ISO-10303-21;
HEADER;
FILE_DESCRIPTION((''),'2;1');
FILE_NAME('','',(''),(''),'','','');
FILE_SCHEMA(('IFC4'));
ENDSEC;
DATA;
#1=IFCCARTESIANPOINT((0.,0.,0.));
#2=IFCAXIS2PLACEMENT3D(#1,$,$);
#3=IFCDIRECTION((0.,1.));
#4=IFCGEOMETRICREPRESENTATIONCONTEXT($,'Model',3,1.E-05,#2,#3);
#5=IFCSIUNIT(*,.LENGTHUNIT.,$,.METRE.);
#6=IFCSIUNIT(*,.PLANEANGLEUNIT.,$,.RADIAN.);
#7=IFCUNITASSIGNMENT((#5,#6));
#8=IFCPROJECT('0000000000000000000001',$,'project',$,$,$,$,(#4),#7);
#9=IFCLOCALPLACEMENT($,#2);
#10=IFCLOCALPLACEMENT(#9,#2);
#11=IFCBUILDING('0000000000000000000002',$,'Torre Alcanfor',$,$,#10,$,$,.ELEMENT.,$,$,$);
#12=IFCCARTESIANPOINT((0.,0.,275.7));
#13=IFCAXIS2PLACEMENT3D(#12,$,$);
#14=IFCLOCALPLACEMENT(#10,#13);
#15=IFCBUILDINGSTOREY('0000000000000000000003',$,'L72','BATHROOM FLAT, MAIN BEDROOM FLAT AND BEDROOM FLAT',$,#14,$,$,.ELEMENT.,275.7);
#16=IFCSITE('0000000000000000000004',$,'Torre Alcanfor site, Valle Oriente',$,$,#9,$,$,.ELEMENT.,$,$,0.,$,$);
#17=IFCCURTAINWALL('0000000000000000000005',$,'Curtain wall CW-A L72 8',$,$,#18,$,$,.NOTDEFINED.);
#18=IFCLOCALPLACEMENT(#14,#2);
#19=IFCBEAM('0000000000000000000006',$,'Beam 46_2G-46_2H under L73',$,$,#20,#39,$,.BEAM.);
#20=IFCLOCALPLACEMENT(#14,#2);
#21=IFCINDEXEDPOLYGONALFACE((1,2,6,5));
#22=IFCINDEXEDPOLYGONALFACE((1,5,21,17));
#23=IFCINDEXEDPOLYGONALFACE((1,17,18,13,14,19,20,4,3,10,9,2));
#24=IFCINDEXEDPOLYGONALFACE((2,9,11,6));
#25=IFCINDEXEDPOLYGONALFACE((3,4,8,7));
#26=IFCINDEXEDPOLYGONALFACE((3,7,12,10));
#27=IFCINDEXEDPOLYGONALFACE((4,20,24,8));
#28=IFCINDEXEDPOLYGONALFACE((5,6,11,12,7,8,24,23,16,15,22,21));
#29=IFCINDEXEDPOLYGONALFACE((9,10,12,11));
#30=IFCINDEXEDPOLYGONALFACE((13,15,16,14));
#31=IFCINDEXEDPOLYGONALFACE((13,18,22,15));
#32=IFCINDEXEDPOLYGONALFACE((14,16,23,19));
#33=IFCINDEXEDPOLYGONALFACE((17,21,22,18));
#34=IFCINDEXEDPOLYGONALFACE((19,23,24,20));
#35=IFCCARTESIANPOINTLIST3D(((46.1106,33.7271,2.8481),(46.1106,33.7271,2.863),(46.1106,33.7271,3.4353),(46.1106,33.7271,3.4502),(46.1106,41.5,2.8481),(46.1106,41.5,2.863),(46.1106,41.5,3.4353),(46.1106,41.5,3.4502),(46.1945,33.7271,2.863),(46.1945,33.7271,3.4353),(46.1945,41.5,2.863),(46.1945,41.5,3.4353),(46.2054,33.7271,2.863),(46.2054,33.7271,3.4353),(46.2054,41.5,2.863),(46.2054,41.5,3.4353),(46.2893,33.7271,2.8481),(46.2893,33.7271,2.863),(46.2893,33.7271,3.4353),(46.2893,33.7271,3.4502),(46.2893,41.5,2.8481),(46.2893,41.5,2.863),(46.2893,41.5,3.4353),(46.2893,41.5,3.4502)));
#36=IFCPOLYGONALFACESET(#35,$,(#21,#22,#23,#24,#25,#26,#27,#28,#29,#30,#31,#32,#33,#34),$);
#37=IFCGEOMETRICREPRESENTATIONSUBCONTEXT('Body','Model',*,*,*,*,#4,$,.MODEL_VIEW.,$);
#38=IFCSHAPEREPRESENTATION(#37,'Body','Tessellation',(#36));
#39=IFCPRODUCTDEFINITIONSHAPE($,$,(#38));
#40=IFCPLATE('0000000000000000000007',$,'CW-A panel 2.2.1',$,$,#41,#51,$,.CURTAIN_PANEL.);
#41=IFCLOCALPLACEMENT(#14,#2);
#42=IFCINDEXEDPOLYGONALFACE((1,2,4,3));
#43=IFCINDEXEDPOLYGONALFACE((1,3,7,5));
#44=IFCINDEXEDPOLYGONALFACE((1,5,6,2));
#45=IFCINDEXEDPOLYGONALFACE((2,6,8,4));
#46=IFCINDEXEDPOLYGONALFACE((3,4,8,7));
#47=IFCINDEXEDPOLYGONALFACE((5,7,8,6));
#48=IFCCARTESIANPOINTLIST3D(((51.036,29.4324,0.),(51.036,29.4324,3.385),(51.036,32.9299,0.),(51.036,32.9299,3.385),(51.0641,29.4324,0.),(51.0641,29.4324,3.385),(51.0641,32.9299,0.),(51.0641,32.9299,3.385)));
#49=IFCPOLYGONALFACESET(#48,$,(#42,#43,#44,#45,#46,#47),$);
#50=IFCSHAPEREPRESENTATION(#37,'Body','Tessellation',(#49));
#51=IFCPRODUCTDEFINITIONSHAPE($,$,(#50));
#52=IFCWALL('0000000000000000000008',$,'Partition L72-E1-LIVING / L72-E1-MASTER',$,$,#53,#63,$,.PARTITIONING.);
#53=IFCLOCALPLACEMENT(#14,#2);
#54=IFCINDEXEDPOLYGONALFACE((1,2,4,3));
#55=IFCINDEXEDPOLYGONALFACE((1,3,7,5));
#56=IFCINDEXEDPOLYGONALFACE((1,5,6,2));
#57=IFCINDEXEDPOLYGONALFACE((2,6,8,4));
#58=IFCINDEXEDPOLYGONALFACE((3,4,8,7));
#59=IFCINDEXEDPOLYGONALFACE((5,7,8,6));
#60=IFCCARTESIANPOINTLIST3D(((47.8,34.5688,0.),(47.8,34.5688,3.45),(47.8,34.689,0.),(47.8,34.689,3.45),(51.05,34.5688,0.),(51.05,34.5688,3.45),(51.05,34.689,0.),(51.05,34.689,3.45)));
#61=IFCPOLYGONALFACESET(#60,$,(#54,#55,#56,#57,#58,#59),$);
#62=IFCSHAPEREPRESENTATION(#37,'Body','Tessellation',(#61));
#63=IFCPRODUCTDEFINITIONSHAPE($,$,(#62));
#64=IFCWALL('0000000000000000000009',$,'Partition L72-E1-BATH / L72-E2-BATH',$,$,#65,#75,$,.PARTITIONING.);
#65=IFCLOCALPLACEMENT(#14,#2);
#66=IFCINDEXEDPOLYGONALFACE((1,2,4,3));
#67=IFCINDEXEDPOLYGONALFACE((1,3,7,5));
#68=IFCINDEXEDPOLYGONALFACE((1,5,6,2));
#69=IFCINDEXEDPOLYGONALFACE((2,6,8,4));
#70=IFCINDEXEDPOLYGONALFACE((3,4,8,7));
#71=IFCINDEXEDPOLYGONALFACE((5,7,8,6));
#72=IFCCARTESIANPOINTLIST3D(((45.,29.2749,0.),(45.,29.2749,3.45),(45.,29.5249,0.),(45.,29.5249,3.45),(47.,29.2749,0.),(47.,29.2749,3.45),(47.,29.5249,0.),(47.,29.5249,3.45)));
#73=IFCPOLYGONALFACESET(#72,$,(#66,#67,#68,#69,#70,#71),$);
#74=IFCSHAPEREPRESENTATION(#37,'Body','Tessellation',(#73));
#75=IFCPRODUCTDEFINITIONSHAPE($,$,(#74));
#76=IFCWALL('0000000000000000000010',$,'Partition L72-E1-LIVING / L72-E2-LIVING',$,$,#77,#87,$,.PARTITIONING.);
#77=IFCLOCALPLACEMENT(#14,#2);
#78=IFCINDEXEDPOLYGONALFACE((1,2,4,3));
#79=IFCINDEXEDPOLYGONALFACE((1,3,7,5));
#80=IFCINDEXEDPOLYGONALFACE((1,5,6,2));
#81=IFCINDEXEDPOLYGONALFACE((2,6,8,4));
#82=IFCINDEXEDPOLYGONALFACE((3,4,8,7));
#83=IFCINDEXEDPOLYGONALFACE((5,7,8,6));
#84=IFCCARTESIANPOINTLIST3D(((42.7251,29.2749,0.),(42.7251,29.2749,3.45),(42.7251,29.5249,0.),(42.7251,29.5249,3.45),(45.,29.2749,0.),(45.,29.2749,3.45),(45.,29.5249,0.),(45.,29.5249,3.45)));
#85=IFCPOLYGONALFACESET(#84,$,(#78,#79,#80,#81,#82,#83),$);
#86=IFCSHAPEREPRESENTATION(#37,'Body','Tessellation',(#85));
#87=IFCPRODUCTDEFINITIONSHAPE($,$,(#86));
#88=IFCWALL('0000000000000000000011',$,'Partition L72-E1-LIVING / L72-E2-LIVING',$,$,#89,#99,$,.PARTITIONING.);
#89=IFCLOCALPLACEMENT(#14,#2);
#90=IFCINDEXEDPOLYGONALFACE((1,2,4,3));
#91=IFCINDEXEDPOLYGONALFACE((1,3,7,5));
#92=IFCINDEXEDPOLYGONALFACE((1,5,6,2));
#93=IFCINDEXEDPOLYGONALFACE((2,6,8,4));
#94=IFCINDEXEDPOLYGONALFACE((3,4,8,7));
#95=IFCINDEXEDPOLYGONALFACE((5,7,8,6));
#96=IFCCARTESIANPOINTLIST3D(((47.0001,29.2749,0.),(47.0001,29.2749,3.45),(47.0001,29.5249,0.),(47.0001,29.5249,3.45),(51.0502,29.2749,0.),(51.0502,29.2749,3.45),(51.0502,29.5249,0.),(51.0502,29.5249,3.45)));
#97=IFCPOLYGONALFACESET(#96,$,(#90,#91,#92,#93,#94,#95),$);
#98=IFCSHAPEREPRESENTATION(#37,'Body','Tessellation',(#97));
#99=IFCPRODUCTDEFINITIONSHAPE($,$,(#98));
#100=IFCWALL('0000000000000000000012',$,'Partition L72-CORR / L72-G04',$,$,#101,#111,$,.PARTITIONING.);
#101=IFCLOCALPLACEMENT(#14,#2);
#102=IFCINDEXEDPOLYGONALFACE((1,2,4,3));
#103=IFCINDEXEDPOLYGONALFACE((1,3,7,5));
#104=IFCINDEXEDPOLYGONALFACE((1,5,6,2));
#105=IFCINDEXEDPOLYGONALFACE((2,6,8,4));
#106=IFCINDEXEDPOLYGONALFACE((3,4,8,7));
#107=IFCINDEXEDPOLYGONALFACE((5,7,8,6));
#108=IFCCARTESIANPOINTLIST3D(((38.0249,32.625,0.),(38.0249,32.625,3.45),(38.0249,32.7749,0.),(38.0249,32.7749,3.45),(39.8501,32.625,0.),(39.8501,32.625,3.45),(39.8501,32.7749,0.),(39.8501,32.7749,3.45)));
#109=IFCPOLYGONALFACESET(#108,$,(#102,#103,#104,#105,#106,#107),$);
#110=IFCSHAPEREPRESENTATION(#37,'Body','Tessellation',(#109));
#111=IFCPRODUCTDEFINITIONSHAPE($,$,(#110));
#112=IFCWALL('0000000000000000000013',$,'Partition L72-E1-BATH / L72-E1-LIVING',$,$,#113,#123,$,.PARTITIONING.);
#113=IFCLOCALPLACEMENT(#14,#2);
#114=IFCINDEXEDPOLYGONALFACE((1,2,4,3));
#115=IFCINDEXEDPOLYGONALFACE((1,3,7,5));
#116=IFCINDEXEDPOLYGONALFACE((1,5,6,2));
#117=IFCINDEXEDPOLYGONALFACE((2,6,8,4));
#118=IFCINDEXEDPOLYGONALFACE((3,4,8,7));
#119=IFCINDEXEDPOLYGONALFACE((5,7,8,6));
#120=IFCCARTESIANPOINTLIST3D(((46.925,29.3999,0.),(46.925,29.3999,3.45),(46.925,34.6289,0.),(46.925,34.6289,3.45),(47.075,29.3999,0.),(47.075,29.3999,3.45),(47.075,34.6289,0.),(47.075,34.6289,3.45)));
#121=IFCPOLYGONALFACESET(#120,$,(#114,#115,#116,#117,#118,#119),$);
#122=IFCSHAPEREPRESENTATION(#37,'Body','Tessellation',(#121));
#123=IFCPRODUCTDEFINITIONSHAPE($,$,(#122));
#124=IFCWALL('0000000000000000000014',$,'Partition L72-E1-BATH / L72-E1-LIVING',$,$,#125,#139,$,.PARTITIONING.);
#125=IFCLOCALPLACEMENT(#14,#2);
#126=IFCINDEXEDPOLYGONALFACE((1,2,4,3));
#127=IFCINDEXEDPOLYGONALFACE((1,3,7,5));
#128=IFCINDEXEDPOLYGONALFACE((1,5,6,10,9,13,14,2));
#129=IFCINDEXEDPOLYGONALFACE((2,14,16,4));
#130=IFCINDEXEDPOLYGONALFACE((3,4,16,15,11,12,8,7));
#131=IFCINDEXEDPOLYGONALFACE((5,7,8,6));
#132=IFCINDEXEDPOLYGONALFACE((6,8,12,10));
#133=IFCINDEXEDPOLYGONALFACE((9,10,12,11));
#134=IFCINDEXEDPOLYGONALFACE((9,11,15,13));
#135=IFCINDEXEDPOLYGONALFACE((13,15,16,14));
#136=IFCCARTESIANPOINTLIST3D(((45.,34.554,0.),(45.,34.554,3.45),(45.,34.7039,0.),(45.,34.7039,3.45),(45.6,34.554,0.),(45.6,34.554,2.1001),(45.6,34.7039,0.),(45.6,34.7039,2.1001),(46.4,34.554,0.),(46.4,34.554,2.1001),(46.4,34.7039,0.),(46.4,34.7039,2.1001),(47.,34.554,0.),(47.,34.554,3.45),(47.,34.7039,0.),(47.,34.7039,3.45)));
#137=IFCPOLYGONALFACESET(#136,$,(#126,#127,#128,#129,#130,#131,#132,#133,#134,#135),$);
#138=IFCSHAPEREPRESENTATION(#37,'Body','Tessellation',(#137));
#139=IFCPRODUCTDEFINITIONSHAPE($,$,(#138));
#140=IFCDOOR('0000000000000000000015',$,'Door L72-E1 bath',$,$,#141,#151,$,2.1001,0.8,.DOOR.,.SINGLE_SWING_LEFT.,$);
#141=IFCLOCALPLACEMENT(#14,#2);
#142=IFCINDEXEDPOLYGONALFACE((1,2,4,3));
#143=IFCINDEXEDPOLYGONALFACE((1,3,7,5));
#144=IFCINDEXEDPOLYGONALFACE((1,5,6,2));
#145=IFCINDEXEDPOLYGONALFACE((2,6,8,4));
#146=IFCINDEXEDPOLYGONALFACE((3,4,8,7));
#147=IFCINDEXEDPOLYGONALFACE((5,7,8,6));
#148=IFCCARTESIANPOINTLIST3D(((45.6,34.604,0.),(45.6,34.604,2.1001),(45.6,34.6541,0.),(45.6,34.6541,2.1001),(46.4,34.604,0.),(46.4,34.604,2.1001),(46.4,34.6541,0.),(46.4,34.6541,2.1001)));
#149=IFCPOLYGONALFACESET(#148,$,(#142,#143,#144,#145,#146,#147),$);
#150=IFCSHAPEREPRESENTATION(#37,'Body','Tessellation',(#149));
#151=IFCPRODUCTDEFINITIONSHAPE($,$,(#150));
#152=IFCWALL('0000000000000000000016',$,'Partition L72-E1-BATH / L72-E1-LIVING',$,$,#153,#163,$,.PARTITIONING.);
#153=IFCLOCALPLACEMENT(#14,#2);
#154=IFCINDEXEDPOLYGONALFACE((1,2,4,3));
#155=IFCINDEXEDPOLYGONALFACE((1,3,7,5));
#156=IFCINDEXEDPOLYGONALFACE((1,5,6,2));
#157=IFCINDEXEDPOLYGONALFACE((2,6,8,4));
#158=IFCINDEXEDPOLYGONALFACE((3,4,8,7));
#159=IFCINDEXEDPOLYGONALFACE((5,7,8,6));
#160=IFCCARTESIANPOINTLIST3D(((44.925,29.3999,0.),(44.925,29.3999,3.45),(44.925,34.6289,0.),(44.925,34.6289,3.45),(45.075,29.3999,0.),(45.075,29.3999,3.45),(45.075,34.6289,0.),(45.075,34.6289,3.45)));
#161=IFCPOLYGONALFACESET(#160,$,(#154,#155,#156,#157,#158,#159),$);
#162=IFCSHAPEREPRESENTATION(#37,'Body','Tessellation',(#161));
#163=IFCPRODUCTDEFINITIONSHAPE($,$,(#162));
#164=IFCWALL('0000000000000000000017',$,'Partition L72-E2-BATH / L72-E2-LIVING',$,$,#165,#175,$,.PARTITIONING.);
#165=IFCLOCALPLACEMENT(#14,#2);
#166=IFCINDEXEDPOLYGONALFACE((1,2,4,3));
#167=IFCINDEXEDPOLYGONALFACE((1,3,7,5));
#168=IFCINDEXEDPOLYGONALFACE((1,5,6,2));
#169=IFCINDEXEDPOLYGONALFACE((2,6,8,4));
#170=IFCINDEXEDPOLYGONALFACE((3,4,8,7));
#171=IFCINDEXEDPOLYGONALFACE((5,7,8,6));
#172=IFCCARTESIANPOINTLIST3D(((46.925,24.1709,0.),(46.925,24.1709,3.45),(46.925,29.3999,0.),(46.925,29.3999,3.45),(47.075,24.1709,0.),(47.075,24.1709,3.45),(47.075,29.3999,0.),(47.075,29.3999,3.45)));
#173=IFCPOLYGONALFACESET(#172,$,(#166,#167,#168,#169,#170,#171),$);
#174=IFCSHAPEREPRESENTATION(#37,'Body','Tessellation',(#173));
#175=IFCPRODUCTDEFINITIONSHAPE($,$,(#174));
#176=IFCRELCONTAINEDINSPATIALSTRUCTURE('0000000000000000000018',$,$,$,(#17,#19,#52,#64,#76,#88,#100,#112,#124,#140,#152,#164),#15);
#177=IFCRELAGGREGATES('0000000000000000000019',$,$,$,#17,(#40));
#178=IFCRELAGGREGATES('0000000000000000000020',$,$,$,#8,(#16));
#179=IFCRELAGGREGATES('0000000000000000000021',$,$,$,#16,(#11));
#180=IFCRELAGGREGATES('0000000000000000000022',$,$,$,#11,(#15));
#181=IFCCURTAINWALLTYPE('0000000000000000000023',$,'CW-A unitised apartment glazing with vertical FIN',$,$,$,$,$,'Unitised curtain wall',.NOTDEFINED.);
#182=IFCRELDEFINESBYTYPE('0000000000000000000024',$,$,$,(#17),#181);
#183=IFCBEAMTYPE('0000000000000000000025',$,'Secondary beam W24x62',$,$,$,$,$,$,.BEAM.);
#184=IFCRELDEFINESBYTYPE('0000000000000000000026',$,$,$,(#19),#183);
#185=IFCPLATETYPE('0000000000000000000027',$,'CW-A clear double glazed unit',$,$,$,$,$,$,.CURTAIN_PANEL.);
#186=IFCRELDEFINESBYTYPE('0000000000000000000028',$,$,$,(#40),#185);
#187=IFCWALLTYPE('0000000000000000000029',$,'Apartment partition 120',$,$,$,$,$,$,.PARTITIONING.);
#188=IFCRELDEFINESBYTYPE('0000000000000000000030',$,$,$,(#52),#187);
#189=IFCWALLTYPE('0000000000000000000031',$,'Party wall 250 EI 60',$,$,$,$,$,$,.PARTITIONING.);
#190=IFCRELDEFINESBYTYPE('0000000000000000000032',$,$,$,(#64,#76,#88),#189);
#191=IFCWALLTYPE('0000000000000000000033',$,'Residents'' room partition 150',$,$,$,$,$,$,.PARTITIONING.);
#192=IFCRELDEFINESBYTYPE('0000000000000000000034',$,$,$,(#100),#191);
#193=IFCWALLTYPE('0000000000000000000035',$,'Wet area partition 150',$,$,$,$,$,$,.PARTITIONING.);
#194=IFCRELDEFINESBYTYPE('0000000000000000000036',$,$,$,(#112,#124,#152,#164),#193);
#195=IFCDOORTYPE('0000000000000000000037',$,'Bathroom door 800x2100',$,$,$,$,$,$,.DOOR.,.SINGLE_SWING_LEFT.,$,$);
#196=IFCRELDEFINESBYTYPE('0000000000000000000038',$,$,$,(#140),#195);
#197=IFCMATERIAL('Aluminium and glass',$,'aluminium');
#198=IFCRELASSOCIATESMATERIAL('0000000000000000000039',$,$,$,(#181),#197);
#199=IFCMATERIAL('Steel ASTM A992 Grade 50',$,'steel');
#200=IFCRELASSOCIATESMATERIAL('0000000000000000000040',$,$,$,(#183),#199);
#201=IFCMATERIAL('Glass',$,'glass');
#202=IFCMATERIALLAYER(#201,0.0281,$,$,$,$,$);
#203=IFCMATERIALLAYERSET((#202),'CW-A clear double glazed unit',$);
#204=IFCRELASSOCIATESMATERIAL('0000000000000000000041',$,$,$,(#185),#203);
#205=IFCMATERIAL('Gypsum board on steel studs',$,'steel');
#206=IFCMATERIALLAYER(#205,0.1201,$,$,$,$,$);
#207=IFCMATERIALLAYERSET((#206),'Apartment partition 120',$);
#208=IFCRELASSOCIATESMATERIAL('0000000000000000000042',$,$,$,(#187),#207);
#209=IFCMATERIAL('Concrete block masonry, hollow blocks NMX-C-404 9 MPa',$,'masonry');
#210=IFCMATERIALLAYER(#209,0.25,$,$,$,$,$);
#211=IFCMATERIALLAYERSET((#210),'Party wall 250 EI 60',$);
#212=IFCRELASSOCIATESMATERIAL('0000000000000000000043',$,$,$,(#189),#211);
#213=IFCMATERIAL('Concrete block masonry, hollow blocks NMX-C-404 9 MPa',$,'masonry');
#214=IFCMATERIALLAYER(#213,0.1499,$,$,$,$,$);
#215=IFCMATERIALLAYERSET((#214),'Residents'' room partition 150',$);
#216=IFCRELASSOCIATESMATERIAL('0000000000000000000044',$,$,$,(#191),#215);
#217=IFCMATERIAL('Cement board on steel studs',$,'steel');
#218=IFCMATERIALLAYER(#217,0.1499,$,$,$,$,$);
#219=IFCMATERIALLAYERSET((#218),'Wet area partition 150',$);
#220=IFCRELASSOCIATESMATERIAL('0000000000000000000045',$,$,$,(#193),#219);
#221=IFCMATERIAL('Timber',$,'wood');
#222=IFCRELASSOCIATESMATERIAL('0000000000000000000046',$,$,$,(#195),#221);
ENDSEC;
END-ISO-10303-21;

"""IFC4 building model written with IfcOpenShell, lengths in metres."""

from ifc_helpers import new_model, si_unit, direction, frame, frame_2d, origin, origin_2d, place, context, subcontext, project, spatial, rectangle, i_section, extrude, material, layer, layer_set, material_profile, profile_set, type_object, element, fill, aggregate, save


model = new_model("IFC4")

# Units and contexts
model_context = context("Model", 3, precision=1e-05, world=origin(), true_north=direction((0.0, 1.0)))
body_context = subcontext(model_context, "Body", "Model", "MODEL_VIEW")
ifc_project = project(units=[si_unit("LENGTHUNIT", "METRE"), si_unit("PLANEANGLEUNIT", "RADIAN")], contexts=[model_context])

# Site, building, storey
site_placement = place(None, origin())
site = spatial("IfcSite", under=ifc_project, at=site_placement, Name="Torre Alcanfor site, Valle Oriente", CompositionType="ELEMENT", RefElevation=0.0)
building_placement = place(site_placement, origin())
building = spatial("IfcBuilding", under=site, at=building_placement, Name="Torre Alcanfor", CompositionType="ELEMENT")
storey_placement = place(building_placement, frame((0.0, 0.0, 275.7)))
storey = spatial("IfcBuildingStorey", under=building, at=storey_placement, Name="L72", Description="BATHROOM FLAT, MAIN BEDROOM FLAT AND BEDROOM FLAT", CompositionType="ELEMENT", Elevation=275.7)

# Curtain wall
ifc_material_1 = material(Name="Aluminium and glass", Category="aluminium")
curtain_wall_type = type_object("IfcCurtainWallType", Name="CW-A unitised apartment glazing with vertical FIN", ElementType="Unitised curtain wall", PredefinedType="NOTDEFINED", material=ifc_material_1)
curtain_wall_placement = place(storey_placement, origin())
curtain_wall = element("IfcCurtainWall", 1, at=curtain_wall_placement, inside=storey, type_object=curtain_wall_type, Name="Curtain wall CW-A L72 8", PredefinedType="NOTDEFINED")

# Beam
ifc_material_2 = material(Name="Steel ASTM A992 Grade 50", Category="steel")
ifc_material_profile_1 = material_profile(ifc_material_2, i_section(OverallWidth=0.1787, OverallDepth=0.6021, WebThickness=0.011, FlangeThickness=0.0149, at=origin_2d()), Name="W24x62")
ifc_profile_set_1 = profile_set([ifc_material_profile_1], Name="Steel ASTM A992 Grade 50")
beam_type_1 = type_object("IfcBeamType", Name="Secondary beam W24x62", PredefinedType="BEAM", material=ifc_profile_set_1)
beam_1_placement = place(storey_placement, frame((46.2, 33.7271, 3.1492), z_axis=(0.0, 1.0, 0.0), x_axis=(-1.0, 0.0, 0.0)))
element("IfcBeam", 2, at=beam_1_placement, inside=storey, type_object=beam_type_1, Name="Beam 46_2G-46_2H under L73", PredefinedType="BEAM", context=body_context, shape_type="SweptSolid", body=[
    extrude(i_section(OverallWidth=0.1787, OverallDepth=0.6021, WebThickness=0.011, FlangeThickness=0.0149, at=origin_2d()), origin(), (0.0, 0.0, 1.0), 7.7729),
])

# Plate
ifc_material_3 = material(Name="Glass", Category="glass")
ifc_layer_1 = layer(ifc_material_3, 0.0281)
ifc_layer_set_1 = layer_set([ifc_layer_1], Name="CW-A clear double glazed unit")
plate_type = type_object("IfcPlateType", Name="CW-A clear double glazed unit", PredefinedType="CURTAIN_PANEL", material=ifc_layer_set_1)
plate_placement = place(storey_placement, frame((51.05, 31.1812, 0.0), z_axis=(0.0, 0.0, 1.0), x_axis=(0.0, 1.0, 0.0)))
plate = element("IfcPlate", 3, at=plate_placement, type_object=plate_type, Name="CW-A panel 2.2.1", PredefinedType="CURTAIN_PANEL", context=body_context, shape_type="SweptSolid", body=[
    extrude(rectangle(XDim=3.4976, YDim=0.0281, at=origin_2d()), origin(), (0.0, 0.0, 1.0), 3.385),
])
aggregate(curtain_wall, [plate])

# Walls
ifc_material_4 = material(Name="Gypsum board on steel studs", Category="steel")
ifc_layer_2 = layer(ifc_material_4, 0.1201)
ifc_layer_set_2 = layer_set([ifc_layer_2], Name="Apartment partition 120")
wall_type_1 = type_object("IfcWallType", Name="Apartment partition 120", PredefinedType="PARTITIONING", material=ifc_layer_set_2)
wall_1_placement = place(storey_placement, frame((47.8, 34.6289, 0.0), z_axis=(0.0, 0.0, 1.0), x_axis=(1.0, 0.0, 0.0)))
element("IfcWall", 4, at=wall_1_placement, inside=storey, type_object=wall_type_1, Name="Partition L72-E1-LIVING / L72-E1-MASTER", PredefinedType="PARTITIONING", context=body_context, shape_type="SweptSolid", body=[
    extrude(rectangle(XDim=3.25, YDim=0.1201, at=frame_2d((1.625, 0.0))), origin(), (0.0, 0.0, 1.0), 3.45),
])
ifc_material_5 = material(Name="Concrete block masonry, hollow blocks NMX-C-404 9 MPa", Category="masonry")
ifc_layer_3 = layer(ifc_material_5, 0.25)
ifc_layer_set_3 = layer_set([ifc_layer_3], Name="Party wall 250 EI 60")
wall_type_2 = type_object("IfcWallType", Name="Party wall 250 EI 60", PredefinedType="PARTITIONING", material=ifc_layer_set_3)
wall_2_placement = place(storey_placement, frame((45.0, 29.3999, 0.0), z_axis=(0.0, 0.0, 1.0), x_axis=(1.0, 0.0, 0.0)))
element("IfcWall", 5, at=wall_2_placement, inside=storey, type_object=wall_type_2, Name="Partition L72-E1-BATH / L72-E2-BATH", PredefinedType="PARTITIONING", context=body_context, shape_type="SweptSolid", body=[
    extrude(rectangle(XDim=2.0, YDim=0.25, at=frame_2d((1.0, 0.0))), origin(), (0.0, 0.0, 1.0), 3.45),
])
wall_3_placement = place(storey_placement, frame((45.0, 29.3999, 0.0), z_axis=(0.0, 0.0, 1.0), x_axis=(-1.0, 0.0, 0.0)))
element("IfcWall", 6, at=wall_3_placement, inside=storey, type_object=wall_type_2, Name="Partition L72-E1-LIVING / L72-E2-LIVING", PredefinedType="PARTITIONING", context=body_context, shape_type="SweptSolid", body=[
    extrude(rectangle(XDim=2.2749, YDim=0.25, at=frame_2d((1.1375, 0.0))), origin(), (0.0, 0.0, 1.0), 3.45),
])
wall_4_placement = place(storey_placement, frame((51.05, 29.3999, 0.0), z_axis=(0.0, 0.0, 1.0), x_axis=(-1.0, 0.0, 0.0)))
element("IfcWall", 7, at=wall_4_placement, inside=storey, type_object=wall_type_2, Name="Partition L72-E1-LIVING / L72-E2-LIVING", PredefinedType="PARTITIONING", context=body_context, shape_type="SweptSolid", body=[
    extrude(rectangle(XDim=4.05, YDim=0.25, at=frame_2d((2.0249, 0.0))), origin(), (0.0, 0.0, 1.0), 3.45),
])
ifc_material_6 = material(Name="Concrete block masonry, hollow blocks NMX-C-404 9 MPa", Category="masonry")
ifc_layer_4 = layer(ifc_material_6, 0.1499)
ifc_layer_set_4 = layer_set([ifc_layer_4], Name="Residents' room partition 150")
wall_type_3 = type_object("IfcWallType", Name="Residents' room partition 150", PredefinedType="PARTITIONING", material=ifc_layer_set_4)
wall_5_placement = place(storey_placement, frame((39.8501, 32.7, 0.0), z_axis=(0.0, 0.0, 1.0), x_axis=(-1.0, 0.0, 0.0)))
element("IfcWall", 8, at=wall_5_placement, inside=storey, type_object=wall_type_3, Name="Partition L72-CORR / L72-G04", PredefinedType="PARTITIONING", context=body_context, shape_type="SweptSolid", body=[
    extrude(rectangle(XDim=1.8252, YDim=0.1499, at=frame_2d((0.9126, 0.0))), origin(), (0.0, 0.0, 1.0), 3.45),
])
ifc_material_7 = material(Name="Cement board on steel studs", Category="steel")
ifc_layer_5 = layer(ifc_material_7, 0.1499)
ifc_layer_set_5 = layer_set([ifc_layer_5], Name="Wet area partition 150")
wall_type_4 = type_object("IfcWallType", Name="Wet area partition 150", PredefinedType="PARTITIONING", material=ifc_layer_set_5)
wall_6_placement = place(storey_placement, frame((47.0, 29.3999, 0.0), z_axis=(0.0, 0.0, 1.0), x_axis=(0.0, 1.0, 0.0)))
element("IfcWall", 9, at=wall_6_placement, inside=storey, type_object=wall_type_4, Name="Partition L72-E1-BATH / L72-E1-LIVING", PredefinedType="PARTITIONING", context=body_context, shape_type="SweptSolid", body=[
    extrude(rectangle(XDim=5.229, YDim=0.1499, at=frame_2d((2.6145, 0.0))), origin(), (0.0, 0.0, 1.0), 3.45),
])

# Wall, opening, door
wall_7_placement = place(storey_placement, frame((47.0, 34.6289, 0.0), z_axis=(0.0, 0.0, 1.0), x_axis=(-1.0, 0.0, 0.0)))
wall_7 = element("IfcWall", 10, at=wall_7_placement, inside=storey, type_object=wall_type_4, Name="Partition L72-E1-BATH / L72-E1-LIVING", PredefinedType="PARTITIONING", context=body_context, shape_type="SweptSolid", body=[
    extrude(rectangle(XDim=2.0, YDim=0.1499, at=frame_2d((1.0, 0.0))), origin(), (0.0, 0.0, 1.0), 3.45),
])
opening_placement = place(wall_7_placement, frame((0.6001, 0.0, 0.0)))
opening = element("IfcOpeningElement", 11, at=opening_placement, cuts=wall_7, PredefinedType="OPENING", context=body_context, shape_type="SweptSolid", body=[
    extrude(rectangle(XDim=0.8, YDim=2.1001, at=frame_2d((0.3999, 1.05))), frame((0.0, 0.085, 0.0), z_axis=(0.0, -1.0, 0.0), x_axis=(1.0, 0.0, 0.0)), (0.0, 0.0, 1.0), 0.1699),
])
ifc_material_8 = material(Name="Timber", Category="wood")
door_type = type_object("IfcDoorType", Name="Bathroom door 800x2100", OperationType="SINGLE_SWING_LEFT", PredefinedType="DOOR", material=ifc_material_8)
door_placement = place(opening_placement, origin())
door = element("IfcDoor", 12, at=door_placement, inside=storey, type_object=door_type, Name="Door L72-E1 bath", OperationType="SINGLE_SWING_LEFT", OverallHeight=2.1001, OverallWidth=0.8, PredefinedType="DOOR", context=body_context, shape_type="SweptSolid", body=[
    extrude(rectangle(XDim=0.8, YDim=2.1001, at=frame_2d((0.3999, 1.05))), frame((0.0, 0.0249, 0.0), z_axis=(0.0, -1.0, 0.0), x_axis=(1.0, 0.0, 0.0)), (0.0, 0.0, 1.0), 0.05),
])
fill(opening, door)

# Walls
for number, where, z_axis, x_axis, name in (
    (13, (45.0, 34.6289, 0.0), (0.0, 0.0, 1.0), (0.0, -1.0, 0.0), "Partition L72-E1-BATH / L72-E1-LIVING"),
    (14, (47.0, 29.3999, 0.0), (0.0, 0.0, 1.0), (0.0, -1.0, 0.0), "Partition L72-E2-BATH / L72-E2-LIVING"),
):
    element("IfcWall", number, at=place(storey_placement, frame(where, z_axis=z_axis, x_axis=x_axis)), inside=storey, type_object=wall_type_4, Name=name, PredefinedType="PARTITIONING", context=body_context, shape_type="SweptSolid", body=[
        extrude(rectangle(XDim=5.229, YDim=0.1499, at=frame_2d((2.6145, 0.0))), origin(), (0.0, 0.0, 1.0), 3.45),
    ])

save(model, "model.ifc")
